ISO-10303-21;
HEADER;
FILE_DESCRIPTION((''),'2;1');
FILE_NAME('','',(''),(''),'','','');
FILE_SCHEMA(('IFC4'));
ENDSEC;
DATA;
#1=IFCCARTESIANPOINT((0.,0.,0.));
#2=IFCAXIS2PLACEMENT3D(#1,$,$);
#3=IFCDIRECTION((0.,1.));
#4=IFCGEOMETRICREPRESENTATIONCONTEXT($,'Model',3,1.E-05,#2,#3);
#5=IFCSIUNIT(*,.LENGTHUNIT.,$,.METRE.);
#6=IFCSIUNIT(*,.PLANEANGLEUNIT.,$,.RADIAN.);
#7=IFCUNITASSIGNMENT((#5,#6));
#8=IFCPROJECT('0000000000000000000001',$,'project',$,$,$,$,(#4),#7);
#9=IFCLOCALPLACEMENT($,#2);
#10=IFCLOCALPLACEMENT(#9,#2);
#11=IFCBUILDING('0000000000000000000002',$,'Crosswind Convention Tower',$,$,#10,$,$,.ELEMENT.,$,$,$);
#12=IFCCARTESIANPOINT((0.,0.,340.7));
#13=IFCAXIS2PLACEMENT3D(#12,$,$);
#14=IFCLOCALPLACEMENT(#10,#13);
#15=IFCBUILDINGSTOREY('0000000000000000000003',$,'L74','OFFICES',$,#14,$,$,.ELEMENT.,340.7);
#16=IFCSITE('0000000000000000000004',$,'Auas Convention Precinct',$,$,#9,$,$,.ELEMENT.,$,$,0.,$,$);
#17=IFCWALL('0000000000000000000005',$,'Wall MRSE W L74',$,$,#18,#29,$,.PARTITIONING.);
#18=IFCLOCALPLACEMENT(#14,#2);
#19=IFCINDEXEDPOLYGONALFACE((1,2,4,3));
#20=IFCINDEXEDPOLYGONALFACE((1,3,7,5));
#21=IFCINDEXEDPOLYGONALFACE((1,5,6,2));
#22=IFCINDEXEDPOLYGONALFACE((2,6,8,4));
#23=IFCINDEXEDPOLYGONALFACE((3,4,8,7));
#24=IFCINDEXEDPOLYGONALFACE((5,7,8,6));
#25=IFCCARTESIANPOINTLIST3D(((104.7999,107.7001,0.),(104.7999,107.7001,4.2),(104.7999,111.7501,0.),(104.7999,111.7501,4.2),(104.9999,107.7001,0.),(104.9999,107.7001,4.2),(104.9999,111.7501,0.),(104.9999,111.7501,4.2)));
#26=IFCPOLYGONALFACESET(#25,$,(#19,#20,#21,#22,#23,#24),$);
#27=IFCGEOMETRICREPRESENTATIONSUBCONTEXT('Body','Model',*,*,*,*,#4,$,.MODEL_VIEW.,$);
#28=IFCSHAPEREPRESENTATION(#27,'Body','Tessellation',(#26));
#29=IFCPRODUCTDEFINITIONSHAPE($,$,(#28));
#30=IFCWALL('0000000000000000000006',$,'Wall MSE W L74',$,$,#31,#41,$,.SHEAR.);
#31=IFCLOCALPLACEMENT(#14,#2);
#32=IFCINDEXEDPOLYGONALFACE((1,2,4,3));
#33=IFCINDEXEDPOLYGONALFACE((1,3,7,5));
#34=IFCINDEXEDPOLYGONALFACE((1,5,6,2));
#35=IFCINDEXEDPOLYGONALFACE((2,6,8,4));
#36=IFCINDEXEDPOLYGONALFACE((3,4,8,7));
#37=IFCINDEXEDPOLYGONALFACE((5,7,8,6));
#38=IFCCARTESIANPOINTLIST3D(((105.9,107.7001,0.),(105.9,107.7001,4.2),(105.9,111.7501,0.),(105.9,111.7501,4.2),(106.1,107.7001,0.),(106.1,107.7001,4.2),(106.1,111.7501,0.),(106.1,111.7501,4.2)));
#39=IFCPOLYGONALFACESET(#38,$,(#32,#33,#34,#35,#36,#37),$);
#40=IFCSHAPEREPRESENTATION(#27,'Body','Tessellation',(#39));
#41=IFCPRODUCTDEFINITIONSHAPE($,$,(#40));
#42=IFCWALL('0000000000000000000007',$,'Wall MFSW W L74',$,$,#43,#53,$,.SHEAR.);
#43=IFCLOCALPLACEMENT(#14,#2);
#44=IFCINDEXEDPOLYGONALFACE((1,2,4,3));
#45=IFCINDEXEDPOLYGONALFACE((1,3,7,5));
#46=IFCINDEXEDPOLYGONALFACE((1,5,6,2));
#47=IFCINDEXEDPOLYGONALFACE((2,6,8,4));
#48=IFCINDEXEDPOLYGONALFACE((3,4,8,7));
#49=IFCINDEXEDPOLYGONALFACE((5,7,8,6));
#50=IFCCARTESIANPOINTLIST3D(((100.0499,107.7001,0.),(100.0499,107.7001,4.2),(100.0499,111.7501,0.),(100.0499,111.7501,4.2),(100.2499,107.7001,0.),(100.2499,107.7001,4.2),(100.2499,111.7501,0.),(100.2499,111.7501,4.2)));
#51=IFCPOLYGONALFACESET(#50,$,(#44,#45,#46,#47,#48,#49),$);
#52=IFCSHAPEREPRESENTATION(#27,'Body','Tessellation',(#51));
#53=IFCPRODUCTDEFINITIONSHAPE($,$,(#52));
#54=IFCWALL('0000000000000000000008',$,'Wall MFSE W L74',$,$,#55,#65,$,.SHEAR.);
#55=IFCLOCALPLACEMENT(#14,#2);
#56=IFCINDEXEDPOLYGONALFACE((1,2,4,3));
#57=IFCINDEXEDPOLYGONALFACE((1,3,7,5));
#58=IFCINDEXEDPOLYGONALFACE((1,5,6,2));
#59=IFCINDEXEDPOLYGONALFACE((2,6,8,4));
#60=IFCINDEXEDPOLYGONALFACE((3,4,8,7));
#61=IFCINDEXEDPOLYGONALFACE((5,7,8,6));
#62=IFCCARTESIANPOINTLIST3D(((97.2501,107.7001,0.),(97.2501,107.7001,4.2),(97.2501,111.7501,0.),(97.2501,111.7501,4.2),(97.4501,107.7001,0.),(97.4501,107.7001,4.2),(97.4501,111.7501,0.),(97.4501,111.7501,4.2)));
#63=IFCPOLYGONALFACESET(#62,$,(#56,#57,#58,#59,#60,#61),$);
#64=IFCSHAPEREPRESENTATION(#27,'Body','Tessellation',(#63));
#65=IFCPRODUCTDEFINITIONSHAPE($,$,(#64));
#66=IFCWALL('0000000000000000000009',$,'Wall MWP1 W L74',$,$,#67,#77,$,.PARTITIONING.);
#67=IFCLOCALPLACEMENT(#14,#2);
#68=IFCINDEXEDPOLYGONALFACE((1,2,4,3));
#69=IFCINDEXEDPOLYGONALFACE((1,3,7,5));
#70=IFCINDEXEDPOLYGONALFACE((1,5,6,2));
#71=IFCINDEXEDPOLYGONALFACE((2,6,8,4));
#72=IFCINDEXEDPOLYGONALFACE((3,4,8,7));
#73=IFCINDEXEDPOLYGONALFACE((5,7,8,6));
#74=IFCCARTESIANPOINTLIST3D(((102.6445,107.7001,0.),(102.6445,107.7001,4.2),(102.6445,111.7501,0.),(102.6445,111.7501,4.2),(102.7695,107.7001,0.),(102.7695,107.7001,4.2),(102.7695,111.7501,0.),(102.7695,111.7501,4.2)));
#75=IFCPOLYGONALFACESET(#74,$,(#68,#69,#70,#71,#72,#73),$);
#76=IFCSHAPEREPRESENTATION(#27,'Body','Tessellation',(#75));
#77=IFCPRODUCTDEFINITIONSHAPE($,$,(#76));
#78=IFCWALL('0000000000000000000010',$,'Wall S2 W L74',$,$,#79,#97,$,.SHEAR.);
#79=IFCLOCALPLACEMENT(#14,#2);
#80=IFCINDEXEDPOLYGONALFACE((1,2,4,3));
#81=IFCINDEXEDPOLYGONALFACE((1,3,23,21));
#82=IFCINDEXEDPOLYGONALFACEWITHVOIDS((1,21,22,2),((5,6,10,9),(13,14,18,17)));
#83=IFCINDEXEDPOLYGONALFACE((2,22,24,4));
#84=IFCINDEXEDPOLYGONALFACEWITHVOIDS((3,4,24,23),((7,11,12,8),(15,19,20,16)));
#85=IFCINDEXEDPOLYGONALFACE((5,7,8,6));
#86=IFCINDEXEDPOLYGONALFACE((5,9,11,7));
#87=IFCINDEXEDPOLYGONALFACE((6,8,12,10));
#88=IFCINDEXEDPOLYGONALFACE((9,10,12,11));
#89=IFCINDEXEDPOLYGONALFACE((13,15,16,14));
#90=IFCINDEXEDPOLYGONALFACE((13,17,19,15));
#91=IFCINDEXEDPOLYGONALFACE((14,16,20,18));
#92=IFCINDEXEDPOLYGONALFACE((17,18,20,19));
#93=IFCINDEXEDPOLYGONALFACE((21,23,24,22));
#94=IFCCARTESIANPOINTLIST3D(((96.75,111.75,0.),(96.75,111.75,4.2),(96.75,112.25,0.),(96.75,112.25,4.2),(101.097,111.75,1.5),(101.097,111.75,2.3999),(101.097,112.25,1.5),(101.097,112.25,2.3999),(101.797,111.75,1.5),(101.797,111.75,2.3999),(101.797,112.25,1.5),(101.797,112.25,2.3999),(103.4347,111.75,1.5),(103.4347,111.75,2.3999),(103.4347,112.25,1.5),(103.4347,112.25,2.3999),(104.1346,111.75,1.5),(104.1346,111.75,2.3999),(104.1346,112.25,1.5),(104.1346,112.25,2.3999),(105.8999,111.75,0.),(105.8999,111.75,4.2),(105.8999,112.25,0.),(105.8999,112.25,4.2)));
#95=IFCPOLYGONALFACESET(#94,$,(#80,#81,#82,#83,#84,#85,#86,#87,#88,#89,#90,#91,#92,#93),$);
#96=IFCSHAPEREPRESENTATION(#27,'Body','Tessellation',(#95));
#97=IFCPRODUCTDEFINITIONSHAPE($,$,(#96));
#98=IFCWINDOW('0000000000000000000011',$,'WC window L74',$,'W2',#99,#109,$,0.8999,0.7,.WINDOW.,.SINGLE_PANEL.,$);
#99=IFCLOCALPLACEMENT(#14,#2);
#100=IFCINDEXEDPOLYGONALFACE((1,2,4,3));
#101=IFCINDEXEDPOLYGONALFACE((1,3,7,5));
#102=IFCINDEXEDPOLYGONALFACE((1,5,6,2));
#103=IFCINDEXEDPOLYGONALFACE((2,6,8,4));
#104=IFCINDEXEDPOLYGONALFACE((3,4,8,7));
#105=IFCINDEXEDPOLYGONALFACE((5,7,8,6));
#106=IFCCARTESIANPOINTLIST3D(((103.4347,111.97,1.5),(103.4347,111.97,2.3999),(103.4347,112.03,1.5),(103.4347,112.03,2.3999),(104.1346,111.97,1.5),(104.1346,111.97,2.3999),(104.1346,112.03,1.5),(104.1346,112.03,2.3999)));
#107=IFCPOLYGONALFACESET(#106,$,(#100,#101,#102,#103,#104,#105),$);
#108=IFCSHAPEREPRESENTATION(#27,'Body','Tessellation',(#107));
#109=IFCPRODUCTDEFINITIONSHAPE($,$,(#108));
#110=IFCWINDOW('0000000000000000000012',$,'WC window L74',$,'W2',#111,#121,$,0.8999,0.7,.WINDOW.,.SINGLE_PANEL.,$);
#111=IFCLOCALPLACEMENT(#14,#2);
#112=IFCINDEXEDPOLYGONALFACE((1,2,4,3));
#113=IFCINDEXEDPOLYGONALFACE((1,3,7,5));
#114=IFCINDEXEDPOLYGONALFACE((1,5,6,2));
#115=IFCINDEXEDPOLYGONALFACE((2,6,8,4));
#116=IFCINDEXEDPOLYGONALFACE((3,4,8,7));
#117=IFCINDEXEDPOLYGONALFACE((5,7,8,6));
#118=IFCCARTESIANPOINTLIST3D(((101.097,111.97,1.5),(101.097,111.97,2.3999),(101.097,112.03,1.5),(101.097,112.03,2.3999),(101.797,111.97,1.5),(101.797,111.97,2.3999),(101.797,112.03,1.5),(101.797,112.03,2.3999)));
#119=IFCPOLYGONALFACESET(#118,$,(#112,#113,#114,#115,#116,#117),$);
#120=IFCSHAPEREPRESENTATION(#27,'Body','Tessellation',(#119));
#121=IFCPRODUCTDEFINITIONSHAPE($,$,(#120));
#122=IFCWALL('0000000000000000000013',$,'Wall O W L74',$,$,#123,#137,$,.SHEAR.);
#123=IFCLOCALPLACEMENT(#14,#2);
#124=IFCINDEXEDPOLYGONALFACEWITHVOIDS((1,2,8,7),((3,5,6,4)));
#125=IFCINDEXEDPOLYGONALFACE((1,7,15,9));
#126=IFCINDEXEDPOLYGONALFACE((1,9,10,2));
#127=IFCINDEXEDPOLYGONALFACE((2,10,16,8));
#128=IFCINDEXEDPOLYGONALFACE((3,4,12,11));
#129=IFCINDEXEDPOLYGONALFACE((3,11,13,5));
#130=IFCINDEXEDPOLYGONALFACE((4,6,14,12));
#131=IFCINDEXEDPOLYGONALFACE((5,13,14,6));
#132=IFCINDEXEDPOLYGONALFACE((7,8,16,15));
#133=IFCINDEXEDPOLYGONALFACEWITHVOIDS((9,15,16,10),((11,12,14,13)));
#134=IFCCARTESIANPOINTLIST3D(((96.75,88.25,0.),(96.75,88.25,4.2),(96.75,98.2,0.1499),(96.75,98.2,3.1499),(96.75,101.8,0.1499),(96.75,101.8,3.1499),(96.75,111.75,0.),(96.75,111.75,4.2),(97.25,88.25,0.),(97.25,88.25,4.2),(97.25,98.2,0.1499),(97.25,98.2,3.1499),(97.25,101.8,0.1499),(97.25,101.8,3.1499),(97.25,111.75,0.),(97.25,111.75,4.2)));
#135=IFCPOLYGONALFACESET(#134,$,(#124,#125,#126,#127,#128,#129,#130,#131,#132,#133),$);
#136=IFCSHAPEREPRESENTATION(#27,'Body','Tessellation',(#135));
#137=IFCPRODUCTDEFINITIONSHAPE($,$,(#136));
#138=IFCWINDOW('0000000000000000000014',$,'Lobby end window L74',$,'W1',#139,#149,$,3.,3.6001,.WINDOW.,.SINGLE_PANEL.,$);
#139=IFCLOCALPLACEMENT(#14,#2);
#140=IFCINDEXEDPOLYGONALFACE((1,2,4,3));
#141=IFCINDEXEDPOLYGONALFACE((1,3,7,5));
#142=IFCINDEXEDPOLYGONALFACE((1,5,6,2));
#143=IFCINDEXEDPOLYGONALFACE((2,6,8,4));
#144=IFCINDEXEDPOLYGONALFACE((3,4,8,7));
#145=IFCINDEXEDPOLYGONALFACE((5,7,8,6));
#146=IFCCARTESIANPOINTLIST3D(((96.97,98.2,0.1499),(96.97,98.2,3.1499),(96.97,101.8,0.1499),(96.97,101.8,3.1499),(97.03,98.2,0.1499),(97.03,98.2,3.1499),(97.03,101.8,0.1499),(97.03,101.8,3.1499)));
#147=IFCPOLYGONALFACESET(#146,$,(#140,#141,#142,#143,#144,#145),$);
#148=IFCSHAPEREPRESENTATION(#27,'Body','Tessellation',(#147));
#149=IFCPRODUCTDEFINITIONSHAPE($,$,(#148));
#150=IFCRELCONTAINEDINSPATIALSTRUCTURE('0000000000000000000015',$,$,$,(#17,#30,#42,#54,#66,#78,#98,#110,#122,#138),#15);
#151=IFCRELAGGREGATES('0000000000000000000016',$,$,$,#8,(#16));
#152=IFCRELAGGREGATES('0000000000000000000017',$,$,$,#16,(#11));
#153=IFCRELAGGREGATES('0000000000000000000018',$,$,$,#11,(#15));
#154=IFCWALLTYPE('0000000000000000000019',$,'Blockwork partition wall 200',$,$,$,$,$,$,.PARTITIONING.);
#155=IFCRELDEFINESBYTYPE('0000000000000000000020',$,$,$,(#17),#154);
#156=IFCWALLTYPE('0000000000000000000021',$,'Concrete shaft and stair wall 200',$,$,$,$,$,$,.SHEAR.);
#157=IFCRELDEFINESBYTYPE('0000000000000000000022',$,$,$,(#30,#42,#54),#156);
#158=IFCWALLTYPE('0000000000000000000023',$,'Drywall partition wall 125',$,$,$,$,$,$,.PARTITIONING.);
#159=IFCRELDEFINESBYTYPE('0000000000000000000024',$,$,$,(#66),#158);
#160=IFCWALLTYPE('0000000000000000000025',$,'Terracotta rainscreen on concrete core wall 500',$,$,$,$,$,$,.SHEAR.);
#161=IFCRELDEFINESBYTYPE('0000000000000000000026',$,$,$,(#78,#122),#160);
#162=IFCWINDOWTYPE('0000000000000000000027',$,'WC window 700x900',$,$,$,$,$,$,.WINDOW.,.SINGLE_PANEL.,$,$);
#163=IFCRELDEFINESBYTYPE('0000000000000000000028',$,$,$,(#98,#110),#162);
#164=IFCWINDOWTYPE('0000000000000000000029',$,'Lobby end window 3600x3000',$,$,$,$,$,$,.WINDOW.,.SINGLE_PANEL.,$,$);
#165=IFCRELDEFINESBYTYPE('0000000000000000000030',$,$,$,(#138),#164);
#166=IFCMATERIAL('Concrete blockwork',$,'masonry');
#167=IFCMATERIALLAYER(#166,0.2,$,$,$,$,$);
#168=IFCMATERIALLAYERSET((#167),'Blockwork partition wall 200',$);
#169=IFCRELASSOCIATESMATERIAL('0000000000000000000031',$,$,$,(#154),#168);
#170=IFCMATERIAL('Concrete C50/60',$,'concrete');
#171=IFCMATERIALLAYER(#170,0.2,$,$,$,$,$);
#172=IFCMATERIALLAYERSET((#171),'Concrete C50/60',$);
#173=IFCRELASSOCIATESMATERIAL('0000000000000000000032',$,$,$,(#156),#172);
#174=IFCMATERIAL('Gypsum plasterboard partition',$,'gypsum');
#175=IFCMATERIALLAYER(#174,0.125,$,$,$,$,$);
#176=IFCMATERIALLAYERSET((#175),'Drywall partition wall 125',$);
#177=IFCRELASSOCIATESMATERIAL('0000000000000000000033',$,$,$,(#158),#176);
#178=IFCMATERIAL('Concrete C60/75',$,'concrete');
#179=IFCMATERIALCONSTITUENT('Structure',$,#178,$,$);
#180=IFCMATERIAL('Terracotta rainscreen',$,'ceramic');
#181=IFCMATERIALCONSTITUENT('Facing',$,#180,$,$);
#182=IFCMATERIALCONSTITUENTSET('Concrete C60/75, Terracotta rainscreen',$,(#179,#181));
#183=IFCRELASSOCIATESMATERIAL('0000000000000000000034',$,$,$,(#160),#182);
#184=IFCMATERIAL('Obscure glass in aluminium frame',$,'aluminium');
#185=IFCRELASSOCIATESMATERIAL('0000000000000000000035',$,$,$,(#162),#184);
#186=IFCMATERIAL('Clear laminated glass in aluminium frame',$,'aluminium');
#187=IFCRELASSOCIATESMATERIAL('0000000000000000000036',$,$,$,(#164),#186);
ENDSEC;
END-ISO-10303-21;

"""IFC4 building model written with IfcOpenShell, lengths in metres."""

from ifc_helpers import new_model, si_unit, direction, frame, frame_2d, origin, place, context, subcontext, project, spatial, rectangle, extrude, material, layer, layer_set, constituent, constituent_set, type_object, element, fill, save


model = new_model("IFC4")

# Units and contexts
model_context = context("Model", 3, precision=1e-05, world=origin(), true_north=direction((0.0, 1.0)))
body_context = subcontext(model_context, "Body", "Model", "MODEL_VIEW")
ifc_project = project(units=[si_unit("LENGTHUNIT", "METRE"), si_unit("PLANEANGLEUNIT", "RADIAN")], contexts=[model_context])

# Site, building, storey
site_placement = place(None, origin())
site = spatial("IfcSite", under=ifc_project, at=site_placement, Name="Auas Convention Precinct", CompositionType="ELEMENT", RefElevation=0.0)
building_placement = place(site_placement, origin())
building = spatial("IfcBuilding", under=site, at=building_placement, Name="Crosswind Convention Tower", CompositionType="ELEMENT")
storey_placement = place(building_placement, frame((0.0, 0.0, 340.7)))
storey = spatial("IfcBuildingStorey", under=building, at=storey_placement, Name="L74", Description="OFFICES", CompositionType="ELEMENT", Elevation=340.7)

# Walls
ifc_material_1 = material(Name="Concrete blockwork", Category="masonry")
ifc_layer_1 = layer(ifc_material_1, 0.2)
ifc_layer_set_1 = layer_set([ifc_layer_1], Name="Blockwork partition wall 200")
wall_type_1 = type_object("IfcWallType", Name="Blockwork partition wall 200", PredefinedType="PARTITIONING", material=ifc_layer_set_1)
wall_1_placement = place(storey_placement, frame((104.8999, 111.75, 0.0), z_axis=(0.0, 0.0, 1.0), x_axis=(0.0, -1.0, 0.0)))
element("IfcWall", 1, at=wall_1_placement, inside=storey, type_object=wall_type_1, Name="Wall MRSE W L74", PredefinedType="PARTITIONING", context=body_context, shape_type="SweptSolid", body=[
    extrude(rectangle(XDim=4.05, YDim=0.2, at=frame_2d((2.0249, 0.0))), origin(), (0.0, 0.0, 1.0), 4.2),
])
ifc_material_2 = material(Name="Concrete C50/60", Category="concrete")
ifc_layer_2 = layer(ifc_material_2, 0.2)
ifc_layer_set_2 = layer_set([ifc_layer_2], Name="Concrete C50/60")
wall_type_2 = type_object("IfcWallType", Name="Concrete shaft and stair wall 200", PredefinedType="SHEAR", material=ifc_layer_set_2)
for number, where, z_axis, x_axis, name in (
    (2, (106.0, 111.75, 0.0), (0.0, 0.0, 1.0), (0.0, -1.0, 0.0), "Wall MSE W L74"),
    (3, (100.1499, 111.75, 0.0), (0.0, 0.0, 1.0), (0.0, -1.0, 0.0), "Wall MFSW W L74"),
    (4, (97.3501, 111.75, 0.0), (0.0, 0.0, 1.0), (0.0, -1.0, 0.0), "Wall MFSE W L74"),
):
    element("IfcWall", number, at=place(storey_placement, frame(where, z_axis=z_axis, x_axis=x_axis)), inside=storey, type_object=wall_type_2, Name=name, PredefinedType="SHEAR", context=body_context, shape_type="SweptSolid", body=[
        extrude(rectangle(XDim=4.05, YDim=0.2, at=frame_2d((2.0249, 0.0))), origin(), (0.0, 0.0, 1.0), 4.2),
    ])
ifc_material_3 = material(Name="Gypsum plasterboard partition", Category="gypsum")
ifc_layer_3 = layer(ifc_material_3, 0.125)
ifc_layer_set_3 = layer_set([ifc_layer_3], Name="Drywall partition wall 125")
wall_type_3 = type_object("IfcWallType", Name="Drywall partition wall 125", PredefinedType="PARTITIONING", material=ifc_layer_set_3)
wall_2_placement = place(storey_placement, frame((102.707, 111.75, 0.0), z_axis=(0.0, 0.0, 1.0), x_axis=(0.0, -1.0, 0.0)))
element("IfcWall", 5, at=wall_2_placement, inside=storey, type_object=wall_type_3, Name="Wall MWP1 W L74", PredefinedType="PARTITIONING", context=body_context, shape_type="SweptSolid", body=[
    extrude(rectangle(XDim=4.05, YDim=0.125, at=frame_2d((2.0249, 0.0))), origin(), (0.0, 0.0, 1.0), 4.2),
])

# Wall, openings, windows
ifc_material_4 = material(Name="Concrete C60/75", Category="concrete")
ifc_constituent_1 = constituent(ifc_material_4, Name="Structure")
ifc_material_5 = material(Name="Terracotta rainscreen", Category="ceramic")
ifc_constituent_2 = constituent(ifc_material_5, Name="Facing")
ifc_constituent_set = constituent_set(constituents=[ifc_constituent_1, ifc_constituent_2], Name="Concrete C60/75, Terracotta rainscreen")
wall_type_4 = type_object("IfcWallType", Name="Terracotta rainscreen on concrete core wall 500", PredefinedType="SHEAR", material=ifc_constituent_set)
wall_3_placement = place(storey_placement, frame((105.8999, 112.0, 0.0), z_axis=(0.0, 0.0, 1.0), x_axis=(-1.0, 0.0, 0.0)))
wall_3 = element("IfcWall", 6, at=wall_3_placement, inside=storey, type_object=wall_type_4, Name="Wall S2 W L74", PredefinedType="SHEAR", context=body_context, shape_type="SweptSolid", body=[
    extrude(rectangle(XDim=9.1499, YDim=0.5, at=frame_2d((4.575, 0.0))), origin(), (0.0, 0.0, 1.0), 4.2),
])
opening_1_placement = place(wall_3_placement, frame((1.7651, 0.0, 1.5)))
opening_1 = element("IfcOpeningElement", 7, at=opening_1_placement, cuts=wall_3, PredefinedType="OPENING", context=body_context, shape_type="SweptSolid", body=[
    extrude(rectangle(XDim=0.7, YDim=0.8999, at=frame_2d((0.3501, 0.45))), frame((0.0, 0.26, 0.0), z_axis=(0.0, -1.0, 0.0), x_axis=(1.0, 0.0, 0.0)), (0.0, 0.0, 1.0), 0.52),
])
opening_2_placement = place(wall_3_placement, frame((4.1028, 0.0, 1.5)))
opening_2 = element("IfcOpeningElement", 8, at=opening_2_placement, cuts=wall_3, PredefinedType="OPENING", context=body_context, shape_type="SweptSolid", body=[
    extrude(rectangle(XDim=0.7, YDim=0.8999, at=frame_2d((0.3501, 0.45))), frame((0.0, 0.26, 0.0), z_axis=(0.0, -1.0, 0.0), x_axis=(1.0, 0.0, 0.0)), (0.0, 0.0, 1.0), 0.52),
])
ifc_material_6 = material(Name="Obscure glass in aluminium frame", Category="aluminium")
window_type_1 = type_object("IfcWindowType", Name="WC window 700x900", PartitioningType="SINGLE_PANEL", PredefinedType="WINDOW", material=ifc_material_6)
window_1_placement = place(opening_1_placement, origin())
window_1 = element("IfcWindow", 9, at=window_1_placement, inside=storey, type_object=window_type_1, Name="WC window L74", ObjectType="W2", OverallHeight=0.8999, OverallWidth=0.7, PartitioningType="SINGLE_PANEL", PredefinedType="WINDOW", context=body_context, shape_type="SweptSolid", body=[
    extrude(rectangle(XDim=0.7, YDim=0.8999, at=frame_2d((0.3501, 0.45))), frame((0.0, 0.03, 0.0), z_axis=(0.0, -1.0, 0.0), x_axis=(1.0, 0.0, 0.0)), (0.0, 0.0, 1.0), 0.0601),
])
fill(opening_1, window_1)
window_2_placement = place(opening_2_placement, origin())
window_2 = element("IfcWindow", 10, at=window_2_placement, inside=storey, type_object=window_type_1, Name="WC window L74", ObjectType="W2", OverallHeight=0.8999, OverallWidth=0.7, PartitioningType="SINGLE_PANEL", PredefinedType="WINDOW", context=body_context, shape_type="SweptSolid", body=[
    extrude(rectangle(XDim=0.7, YDim=0.8999, at=frame_2d((0.3501, 0.45))), frame((0.0, 0.03, 0.0), z_axis=(0.0, -1.0, 0.0), x_axis=(1.0, 0.0, 0.0)), (0.0, 0.0, 1.0), 0.0601),
])
fill(opening_2, window_2)

# Wall, opening, window
wall_4_placement = place(storey_placement, frame((97.0, 111.75, 0.0), z_axis=(0.0, 0.0, 1.0), x_axis=(0.0, -1.0, 0.0)))
wall_4 = element("IfcWall", 11, at=wall_4_placement, inside=storey, type_object=wall_type_4, Name="Wall O W L74", PredefinedType="SHEAR", context=body_context, shape_type="SweptSolid", body=[
    extrude(rectangle(XDim=23.5, YDim=0.5, at=frame_2d((11.75, 0.0))), origin(), (0.0, 0.0, 1.0), 4.2),
])
opening_3_placement = place(wall_4_placement, frame((9.95, 0.0, 0.1499)))
opening_3 = element("IfcOpeningElement", 12, at=opening_3_placement, cuts=wall_4, PredefinedType="OPENING", context=body_context, shape_type="SweptSolid", body=[
    extrude(rectangle(XDim=3.6001, YDim=3.0, at=frame_2d((1.8, 1.5))), frame((0.0, 0.26, 0.0), z_axis=(0.0, -1.0, 0.0), x_axis=(1.0, 0.0, 0.0)), (0.0, 0.0, 1.0), 0.52),
])
ifc_material_7 = material(Name="Clear laminated glass in aluminium frame", Category="aluminium")
window_type_2 = type_object("IfcWindowType", Name="Lobby end window 3600x3000", PartitioningType="SINGLE_PANEL", PredefinedType="WINDOW", material=ifc_material_7)
window_3_placement = place(opening_3_placement, origin())
window_3 = element("IfcWindow", 13, at=window_3_placement, inside=storey, type_object=window_type_2, Name="Lobby end window L74", ObjectType="W1", OverallHeight=3.0, OverallWidth=3.6001, PartitioningType="SINGLE_PANEL", PredefinedType="WINDOW", context=body_context, shape_type="SweptSolid", body=[
    extrude(rectangle(XDim=3.6001, YDim=3.0, at=frame_2d((1.8, 1.5))), frame((0.0, 0.03, 0.0), z_axis=(0.0, -1.0, 0.0), x_axis=(1.0, 0.0, 0.0)), (0.0, 0.0, 1.0), 0.0601),
])
fill(opening_3, window_3)

save(model, "model.ifc")
